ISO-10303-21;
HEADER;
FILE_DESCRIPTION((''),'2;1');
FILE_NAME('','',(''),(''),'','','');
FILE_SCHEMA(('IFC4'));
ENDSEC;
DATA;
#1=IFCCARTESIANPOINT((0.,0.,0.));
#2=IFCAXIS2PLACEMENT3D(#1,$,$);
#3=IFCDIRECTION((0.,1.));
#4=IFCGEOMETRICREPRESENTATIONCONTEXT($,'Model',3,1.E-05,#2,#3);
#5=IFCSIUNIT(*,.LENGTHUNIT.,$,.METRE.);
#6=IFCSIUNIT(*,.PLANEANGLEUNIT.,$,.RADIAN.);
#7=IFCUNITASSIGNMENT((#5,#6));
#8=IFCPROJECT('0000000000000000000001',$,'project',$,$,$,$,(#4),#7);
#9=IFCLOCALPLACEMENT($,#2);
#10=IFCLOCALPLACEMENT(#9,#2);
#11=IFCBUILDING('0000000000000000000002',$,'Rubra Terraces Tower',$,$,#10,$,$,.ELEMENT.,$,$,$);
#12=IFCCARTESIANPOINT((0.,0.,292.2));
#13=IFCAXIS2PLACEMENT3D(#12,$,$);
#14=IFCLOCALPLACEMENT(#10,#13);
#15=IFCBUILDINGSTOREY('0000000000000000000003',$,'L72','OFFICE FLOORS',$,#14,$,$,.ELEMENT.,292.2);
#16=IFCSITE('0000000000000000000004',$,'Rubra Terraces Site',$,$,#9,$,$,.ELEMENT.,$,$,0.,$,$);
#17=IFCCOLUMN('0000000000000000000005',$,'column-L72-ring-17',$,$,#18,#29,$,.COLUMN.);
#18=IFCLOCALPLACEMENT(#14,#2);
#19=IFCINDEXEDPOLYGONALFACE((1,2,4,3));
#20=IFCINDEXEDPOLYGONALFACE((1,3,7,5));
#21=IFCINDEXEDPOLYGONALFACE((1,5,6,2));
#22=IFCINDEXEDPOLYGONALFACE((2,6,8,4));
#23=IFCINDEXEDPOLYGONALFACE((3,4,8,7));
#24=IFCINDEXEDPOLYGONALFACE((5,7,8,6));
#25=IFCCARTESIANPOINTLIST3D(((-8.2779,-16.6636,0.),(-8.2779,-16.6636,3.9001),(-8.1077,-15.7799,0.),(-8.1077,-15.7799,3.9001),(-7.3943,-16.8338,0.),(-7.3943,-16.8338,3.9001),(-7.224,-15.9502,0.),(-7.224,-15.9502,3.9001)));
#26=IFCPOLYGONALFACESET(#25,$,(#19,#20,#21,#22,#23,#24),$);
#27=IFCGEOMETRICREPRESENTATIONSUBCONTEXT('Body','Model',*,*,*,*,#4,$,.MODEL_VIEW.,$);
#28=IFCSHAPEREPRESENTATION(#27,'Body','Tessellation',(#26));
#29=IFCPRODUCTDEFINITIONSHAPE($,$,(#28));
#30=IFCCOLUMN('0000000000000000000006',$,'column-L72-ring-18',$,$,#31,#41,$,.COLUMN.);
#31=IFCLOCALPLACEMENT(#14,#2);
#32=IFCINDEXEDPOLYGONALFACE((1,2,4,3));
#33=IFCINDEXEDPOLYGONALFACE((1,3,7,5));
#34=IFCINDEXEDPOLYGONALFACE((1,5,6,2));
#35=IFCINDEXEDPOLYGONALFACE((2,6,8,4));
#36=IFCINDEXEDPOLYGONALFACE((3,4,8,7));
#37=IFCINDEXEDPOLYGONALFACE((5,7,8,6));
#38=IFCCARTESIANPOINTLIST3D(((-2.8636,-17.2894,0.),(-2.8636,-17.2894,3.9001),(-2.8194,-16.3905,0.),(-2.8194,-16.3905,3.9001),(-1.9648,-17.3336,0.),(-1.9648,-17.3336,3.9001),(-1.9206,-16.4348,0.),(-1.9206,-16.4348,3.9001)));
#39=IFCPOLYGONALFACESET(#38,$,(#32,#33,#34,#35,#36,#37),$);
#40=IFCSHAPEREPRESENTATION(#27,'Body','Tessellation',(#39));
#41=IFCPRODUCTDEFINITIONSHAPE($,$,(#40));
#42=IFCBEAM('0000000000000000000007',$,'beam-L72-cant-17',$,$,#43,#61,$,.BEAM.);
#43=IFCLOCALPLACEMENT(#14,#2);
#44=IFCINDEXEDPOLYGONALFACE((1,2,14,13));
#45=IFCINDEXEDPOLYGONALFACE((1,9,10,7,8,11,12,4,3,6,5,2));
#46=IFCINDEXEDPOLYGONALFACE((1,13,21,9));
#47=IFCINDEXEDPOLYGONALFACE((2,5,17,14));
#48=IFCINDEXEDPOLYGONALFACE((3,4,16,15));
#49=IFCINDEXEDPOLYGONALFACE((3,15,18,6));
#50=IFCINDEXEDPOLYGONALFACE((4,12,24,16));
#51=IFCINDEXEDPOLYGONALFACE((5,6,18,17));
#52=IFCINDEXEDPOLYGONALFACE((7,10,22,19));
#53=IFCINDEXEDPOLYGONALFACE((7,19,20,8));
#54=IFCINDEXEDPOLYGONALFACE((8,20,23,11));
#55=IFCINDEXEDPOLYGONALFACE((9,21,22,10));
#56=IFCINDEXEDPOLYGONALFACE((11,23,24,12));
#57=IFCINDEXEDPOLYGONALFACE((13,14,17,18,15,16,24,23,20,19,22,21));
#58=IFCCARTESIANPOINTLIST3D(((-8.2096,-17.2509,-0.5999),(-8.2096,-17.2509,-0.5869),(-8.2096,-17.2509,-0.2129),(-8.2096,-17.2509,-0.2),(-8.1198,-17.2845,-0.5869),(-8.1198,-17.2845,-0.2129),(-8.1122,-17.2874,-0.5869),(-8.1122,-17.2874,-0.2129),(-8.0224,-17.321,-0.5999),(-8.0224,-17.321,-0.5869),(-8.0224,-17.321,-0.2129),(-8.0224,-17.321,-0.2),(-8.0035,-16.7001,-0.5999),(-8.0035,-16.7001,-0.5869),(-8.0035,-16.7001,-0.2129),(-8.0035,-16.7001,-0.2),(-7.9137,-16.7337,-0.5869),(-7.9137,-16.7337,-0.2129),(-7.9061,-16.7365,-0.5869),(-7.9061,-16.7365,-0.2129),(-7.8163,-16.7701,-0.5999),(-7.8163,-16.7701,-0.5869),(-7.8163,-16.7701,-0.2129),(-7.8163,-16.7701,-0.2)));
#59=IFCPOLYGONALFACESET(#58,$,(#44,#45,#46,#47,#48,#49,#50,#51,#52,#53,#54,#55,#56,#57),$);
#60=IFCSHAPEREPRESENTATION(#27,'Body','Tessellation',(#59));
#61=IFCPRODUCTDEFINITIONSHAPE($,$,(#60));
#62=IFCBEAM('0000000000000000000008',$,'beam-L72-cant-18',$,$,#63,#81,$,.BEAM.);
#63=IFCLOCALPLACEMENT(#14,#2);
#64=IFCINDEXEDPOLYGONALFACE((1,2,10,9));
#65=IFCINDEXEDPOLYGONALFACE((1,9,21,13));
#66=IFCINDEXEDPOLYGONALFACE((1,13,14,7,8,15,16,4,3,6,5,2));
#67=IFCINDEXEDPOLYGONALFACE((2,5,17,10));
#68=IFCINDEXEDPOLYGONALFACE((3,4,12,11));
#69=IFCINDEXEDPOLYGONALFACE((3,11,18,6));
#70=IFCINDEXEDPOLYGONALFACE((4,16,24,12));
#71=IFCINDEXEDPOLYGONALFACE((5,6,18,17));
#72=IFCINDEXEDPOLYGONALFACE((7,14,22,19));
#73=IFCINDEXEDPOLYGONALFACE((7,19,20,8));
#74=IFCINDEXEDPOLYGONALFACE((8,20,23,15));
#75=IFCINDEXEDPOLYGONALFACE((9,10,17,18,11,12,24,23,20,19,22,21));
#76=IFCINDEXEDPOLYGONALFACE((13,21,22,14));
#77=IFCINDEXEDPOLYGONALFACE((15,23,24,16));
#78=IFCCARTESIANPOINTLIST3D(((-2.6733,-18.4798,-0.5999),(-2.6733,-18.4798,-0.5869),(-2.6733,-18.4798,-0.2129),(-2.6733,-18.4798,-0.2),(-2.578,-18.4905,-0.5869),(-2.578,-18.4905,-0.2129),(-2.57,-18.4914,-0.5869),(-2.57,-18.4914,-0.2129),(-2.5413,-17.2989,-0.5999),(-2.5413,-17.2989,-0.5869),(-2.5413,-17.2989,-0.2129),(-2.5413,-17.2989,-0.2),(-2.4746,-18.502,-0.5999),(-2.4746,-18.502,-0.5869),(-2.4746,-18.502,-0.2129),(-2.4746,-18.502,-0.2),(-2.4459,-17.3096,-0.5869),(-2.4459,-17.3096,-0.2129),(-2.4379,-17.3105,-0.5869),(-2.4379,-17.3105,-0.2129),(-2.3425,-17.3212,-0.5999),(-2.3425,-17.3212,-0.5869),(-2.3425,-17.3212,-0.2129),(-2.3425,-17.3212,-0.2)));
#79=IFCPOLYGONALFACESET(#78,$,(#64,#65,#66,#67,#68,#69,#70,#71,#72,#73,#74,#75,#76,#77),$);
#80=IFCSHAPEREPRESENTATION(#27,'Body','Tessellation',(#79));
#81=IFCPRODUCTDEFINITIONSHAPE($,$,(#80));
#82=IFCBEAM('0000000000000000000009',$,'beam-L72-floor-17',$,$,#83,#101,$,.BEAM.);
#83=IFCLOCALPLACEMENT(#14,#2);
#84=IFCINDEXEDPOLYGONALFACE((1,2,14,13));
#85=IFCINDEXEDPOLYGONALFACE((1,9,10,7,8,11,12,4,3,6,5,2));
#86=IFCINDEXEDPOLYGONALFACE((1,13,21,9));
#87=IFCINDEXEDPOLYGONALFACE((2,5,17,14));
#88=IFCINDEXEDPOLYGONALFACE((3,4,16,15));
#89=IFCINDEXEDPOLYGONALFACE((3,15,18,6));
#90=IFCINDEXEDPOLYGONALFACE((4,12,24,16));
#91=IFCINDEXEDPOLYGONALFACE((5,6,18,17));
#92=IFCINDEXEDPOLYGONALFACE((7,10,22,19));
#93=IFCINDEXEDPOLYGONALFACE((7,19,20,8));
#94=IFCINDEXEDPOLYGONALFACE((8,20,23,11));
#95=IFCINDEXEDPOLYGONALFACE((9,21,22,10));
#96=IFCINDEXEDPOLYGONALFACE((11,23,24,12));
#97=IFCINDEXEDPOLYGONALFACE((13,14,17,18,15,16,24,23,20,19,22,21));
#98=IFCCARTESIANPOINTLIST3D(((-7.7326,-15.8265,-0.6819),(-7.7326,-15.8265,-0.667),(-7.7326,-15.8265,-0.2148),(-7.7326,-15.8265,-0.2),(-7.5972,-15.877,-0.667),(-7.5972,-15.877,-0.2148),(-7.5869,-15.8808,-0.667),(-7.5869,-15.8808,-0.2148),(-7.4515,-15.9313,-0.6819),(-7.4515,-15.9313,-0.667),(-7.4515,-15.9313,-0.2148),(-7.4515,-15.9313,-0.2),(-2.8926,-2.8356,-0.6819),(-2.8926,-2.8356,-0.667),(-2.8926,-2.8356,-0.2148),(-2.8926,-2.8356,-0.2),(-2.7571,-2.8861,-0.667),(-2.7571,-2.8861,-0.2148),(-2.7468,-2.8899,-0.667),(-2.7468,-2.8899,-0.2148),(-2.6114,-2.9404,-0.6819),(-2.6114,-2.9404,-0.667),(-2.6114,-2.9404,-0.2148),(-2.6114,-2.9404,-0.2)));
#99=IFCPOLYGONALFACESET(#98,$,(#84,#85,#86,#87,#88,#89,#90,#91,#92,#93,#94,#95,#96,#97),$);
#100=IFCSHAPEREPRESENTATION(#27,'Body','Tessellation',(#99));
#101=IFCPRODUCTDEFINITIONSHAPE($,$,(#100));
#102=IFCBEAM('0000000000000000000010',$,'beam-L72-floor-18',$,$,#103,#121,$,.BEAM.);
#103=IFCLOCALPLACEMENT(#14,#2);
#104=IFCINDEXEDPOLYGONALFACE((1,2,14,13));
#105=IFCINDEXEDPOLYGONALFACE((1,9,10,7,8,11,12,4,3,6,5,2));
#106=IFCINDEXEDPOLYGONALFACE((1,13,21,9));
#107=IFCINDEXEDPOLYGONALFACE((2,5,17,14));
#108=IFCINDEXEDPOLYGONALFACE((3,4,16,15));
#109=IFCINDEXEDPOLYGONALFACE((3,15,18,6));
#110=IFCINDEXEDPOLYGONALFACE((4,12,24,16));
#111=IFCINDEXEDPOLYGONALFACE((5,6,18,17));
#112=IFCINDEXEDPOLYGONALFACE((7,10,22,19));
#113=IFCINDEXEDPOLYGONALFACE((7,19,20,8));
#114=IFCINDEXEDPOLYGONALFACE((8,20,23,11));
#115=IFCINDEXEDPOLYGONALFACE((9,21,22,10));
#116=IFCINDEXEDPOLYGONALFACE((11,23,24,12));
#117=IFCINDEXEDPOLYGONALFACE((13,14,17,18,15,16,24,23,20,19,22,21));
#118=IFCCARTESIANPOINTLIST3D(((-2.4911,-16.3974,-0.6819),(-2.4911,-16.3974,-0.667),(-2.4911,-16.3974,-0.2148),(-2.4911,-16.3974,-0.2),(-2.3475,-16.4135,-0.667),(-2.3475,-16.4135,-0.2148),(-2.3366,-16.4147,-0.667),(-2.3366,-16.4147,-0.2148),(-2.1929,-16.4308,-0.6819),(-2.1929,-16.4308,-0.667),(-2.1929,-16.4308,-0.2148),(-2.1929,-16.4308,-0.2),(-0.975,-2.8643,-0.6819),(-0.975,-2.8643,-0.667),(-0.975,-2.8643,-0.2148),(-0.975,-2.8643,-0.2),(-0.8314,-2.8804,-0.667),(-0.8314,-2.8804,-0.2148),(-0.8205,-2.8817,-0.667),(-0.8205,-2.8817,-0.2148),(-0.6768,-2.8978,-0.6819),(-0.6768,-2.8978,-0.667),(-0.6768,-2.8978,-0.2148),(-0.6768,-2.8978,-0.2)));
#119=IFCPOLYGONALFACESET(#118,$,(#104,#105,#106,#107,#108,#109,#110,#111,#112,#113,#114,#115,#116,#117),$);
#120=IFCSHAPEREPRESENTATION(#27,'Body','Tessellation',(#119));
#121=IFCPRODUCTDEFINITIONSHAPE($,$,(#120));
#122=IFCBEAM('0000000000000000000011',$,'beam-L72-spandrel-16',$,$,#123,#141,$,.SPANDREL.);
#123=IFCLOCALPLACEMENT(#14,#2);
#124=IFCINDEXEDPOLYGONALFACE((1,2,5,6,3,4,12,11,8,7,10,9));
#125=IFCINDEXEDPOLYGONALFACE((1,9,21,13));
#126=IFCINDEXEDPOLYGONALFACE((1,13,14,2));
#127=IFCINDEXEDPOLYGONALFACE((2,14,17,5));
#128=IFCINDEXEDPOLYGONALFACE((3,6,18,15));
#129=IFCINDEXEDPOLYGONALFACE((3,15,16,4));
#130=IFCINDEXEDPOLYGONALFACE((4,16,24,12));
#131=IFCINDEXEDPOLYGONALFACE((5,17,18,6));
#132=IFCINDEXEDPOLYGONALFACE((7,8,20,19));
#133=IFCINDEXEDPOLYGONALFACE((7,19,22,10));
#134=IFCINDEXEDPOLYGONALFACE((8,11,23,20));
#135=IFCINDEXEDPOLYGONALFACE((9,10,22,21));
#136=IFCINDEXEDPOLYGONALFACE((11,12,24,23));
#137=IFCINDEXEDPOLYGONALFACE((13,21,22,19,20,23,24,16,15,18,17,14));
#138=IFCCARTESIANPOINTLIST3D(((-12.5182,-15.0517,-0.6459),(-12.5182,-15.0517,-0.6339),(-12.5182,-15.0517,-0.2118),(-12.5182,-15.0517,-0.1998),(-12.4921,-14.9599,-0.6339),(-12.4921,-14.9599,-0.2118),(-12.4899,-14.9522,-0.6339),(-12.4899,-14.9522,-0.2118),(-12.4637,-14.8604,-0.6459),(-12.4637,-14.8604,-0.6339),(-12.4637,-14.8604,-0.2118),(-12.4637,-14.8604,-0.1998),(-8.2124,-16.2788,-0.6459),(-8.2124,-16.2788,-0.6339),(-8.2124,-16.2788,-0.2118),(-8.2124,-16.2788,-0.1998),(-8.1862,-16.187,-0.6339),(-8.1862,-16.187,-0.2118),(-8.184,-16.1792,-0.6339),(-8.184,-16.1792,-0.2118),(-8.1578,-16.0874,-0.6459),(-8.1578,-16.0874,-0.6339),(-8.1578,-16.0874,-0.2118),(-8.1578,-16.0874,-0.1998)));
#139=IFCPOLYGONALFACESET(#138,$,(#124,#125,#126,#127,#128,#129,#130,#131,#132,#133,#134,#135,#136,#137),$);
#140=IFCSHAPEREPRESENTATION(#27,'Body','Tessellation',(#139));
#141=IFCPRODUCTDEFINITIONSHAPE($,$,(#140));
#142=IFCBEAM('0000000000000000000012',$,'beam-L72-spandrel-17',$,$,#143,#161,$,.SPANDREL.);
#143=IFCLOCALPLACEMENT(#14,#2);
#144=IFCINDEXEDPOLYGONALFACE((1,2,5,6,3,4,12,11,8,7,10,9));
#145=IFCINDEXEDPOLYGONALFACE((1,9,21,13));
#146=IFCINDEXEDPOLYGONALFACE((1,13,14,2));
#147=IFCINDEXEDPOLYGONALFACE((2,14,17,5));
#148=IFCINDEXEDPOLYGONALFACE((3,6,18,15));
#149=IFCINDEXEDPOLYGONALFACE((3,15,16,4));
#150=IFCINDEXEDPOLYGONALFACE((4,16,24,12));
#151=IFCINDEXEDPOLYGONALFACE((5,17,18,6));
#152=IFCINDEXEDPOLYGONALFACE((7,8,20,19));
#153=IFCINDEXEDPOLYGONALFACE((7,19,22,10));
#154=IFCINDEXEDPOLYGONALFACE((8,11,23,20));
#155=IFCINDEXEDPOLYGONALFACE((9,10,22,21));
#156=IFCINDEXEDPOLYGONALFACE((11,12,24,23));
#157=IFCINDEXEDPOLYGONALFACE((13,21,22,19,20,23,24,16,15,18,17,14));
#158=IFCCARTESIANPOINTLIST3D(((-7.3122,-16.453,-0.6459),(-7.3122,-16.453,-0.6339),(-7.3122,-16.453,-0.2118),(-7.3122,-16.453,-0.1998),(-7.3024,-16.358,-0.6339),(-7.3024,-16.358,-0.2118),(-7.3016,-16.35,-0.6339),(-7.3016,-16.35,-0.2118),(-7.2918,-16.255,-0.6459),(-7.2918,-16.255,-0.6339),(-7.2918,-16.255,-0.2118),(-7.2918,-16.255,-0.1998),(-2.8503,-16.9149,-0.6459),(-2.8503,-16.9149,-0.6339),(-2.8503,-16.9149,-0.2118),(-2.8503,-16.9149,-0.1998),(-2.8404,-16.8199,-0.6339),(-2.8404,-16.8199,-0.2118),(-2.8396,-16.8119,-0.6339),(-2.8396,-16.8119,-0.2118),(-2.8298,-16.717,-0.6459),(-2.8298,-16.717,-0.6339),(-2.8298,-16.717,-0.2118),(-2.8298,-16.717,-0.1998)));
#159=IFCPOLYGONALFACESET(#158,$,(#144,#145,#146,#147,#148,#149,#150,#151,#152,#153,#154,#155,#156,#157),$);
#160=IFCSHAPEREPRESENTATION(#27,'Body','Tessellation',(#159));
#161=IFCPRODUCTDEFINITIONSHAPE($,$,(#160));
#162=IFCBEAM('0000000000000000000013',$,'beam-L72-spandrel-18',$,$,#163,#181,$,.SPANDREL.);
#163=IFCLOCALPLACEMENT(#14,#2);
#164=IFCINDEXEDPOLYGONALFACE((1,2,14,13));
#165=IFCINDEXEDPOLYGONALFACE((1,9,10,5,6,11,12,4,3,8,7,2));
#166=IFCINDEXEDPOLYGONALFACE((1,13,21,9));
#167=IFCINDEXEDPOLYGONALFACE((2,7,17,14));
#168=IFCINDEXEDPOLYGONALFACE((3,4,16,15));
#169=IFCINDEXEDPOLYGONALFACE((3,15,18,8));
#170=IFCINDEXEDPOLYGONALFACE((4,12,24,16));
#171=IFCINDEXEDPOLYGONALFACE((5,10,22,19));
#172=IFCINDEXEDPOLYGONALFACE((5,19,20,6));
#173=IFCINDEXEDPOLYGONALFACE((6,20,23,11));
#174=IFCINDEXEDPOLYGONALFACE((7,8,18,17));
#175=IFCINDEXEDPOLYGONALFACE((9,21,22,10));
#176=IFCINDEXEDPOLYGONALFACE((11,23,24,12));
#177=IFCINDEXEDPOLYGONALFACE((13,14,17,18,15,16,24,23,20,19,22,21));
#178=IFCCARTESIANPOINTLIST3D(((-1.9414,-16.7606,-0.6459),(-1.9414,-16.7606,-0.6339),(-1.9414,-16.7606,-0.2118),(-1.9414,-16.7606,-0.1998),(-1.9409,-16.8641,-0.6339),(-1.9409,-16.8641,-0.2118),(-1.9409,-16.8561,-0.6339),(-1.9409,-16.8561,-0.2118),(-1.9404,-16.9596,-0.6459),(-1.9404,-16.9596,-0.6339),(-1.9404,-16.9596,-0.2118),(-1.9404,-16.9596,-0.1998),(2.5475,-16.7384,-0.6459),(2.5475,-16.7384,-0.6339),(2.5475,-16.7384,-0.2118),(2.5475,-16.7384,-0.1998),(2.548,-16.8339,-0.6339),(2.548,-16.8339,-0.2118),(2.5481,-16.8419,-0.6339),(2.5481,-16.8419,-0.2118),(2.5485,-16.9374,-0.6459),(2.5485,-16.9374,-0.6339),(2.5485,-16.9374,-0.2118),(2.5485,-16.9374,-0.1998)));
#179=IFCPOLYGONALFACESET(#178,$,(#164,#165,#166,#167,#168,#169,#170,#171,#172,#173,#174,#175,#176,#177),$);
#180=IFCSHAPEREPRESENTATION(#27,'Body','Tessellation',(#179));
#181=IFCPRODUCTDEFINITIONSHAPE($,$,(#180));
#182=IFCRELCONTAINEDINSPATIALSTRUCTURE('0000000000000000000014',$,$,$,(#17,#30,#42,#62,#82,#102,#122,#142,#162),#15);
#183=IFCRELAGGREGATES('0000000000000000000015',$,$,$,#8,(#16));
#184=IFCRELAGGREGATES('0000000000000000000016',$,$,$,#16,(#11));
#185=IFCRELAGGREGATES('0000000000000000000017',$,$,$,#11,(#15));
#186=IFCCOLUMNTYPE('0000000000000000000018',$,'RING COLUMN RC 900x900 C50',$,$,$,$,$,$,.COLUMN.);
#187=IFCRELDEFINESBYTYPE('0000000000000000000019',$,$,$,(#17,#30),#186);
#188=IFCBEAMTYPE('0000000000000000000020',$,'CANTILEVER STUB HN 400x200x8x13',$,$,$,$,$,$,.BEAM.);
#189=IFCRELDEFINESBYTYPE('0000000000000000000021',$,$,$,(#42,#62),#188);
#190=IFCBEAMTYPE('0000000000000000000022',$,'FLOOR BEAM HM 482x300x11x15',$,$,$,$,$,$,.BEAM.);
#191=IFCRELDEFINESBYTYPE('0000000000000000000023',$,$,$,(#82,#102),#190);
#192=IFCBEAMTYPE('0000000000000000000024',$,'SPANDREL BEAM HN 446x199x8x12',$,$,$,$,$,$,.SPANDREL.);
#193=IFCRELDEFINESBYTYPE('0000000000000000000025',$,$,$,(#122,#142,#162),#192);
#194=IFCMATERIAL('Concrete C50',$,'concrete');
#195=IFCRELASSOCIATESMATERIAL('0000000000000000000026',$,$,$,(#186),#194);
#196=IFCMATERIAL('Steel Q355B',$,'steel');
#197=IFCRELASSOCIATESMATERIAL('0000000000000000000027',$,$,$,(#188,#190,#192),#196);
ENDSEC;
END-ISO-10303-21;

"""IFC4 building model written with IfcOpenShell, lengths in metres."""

from ifc_helpers import new_model, si_unit, direction, frame, origin, origin_2d, place, context, subcontext, project, spatial, rectangle, i_section, extrude, material, material_profile, profile_set, type_object, element, save


model = new_model("IFC4")

# Units and contexts
model_context = context("Model", 3, precision=1e-05, world=origin(), true_north=direction((0.0, 1.0)))
body_context = subcontext(model_context, "Body", "Model", "MODEL_VIEW")
ifc_project = project(units=[si_unit("LENGTHUNIT", "METRE"), si_unit("PLANEANGLEUNIT", "RADIAN")], contexts=[model_context])

# Site, building, storey
site_placement = place(None, origin())
site = spatial("IfcSite", under=ifc_project, at=site_placement, Name="Rubra Terraces Site", CompositionType="ELEMENT", RefElevation=0.0)
building_placement = place(site_placement, origin())
building = spatial("IfcBuilding", under=site, at=building_placement, Name="Rubra Terraces Tower", CompositionType="ELEMENT")
storey_placement = place(building_placement, frame((0.0, 0.0, 292.2)))
storey = spatial("IfcBuildingStorey", under=building, at=storey_placement, Name="L72", Description="OFFICE FLOORS", CompositionType="ELEMENT", Elevation=292.2)

# Columns
ifc_material_1 = material(Name="Concrete C50", Category="concrete")
ifc_material_profile_1 = material_profile(ifc_material_1, rectangle(XDim=0.8999, YDim=0.8999, at=origin_2d()), Name="RC 900x900")
ifc_profile_set_1 = profile_set([ifc_material_profile_1], Name="Concrete C50")
column_type = type_object("IfcColumnType", Name="RING COLUMN RC 900x900 C50", PredefinedType="COLUMN", material=ifc_profile_set_1)
for number, where, z_axis, x_axis, name in (
    (1, (-7.751, -16.3069, 0.0), (0.0, 0.0, 1.0), (0.981937, -0.18921, 0.0), "column-L72-ring-17"),
    (2, (-2.3921, -16.8621, 0.0), (0.0, 0.0, 1.0), (0.998791, -0.04915, 0.0), "column-L72-ring-18"),
):
    element("IfcColumn", number, at=place(storey_placement, frame(where, z_axis=z_axis, x_axis=x_axis)), inside=storey, type_object=column_type, Name=name, PredefinedType="COLUMN", context=body_context, shape_type="SweptSolid", body=[
        extrude(rectangle(XDim=0.8999, YDim=0.8999, at=origin_2d()), origin(), (0.0, 0.0, 1.0), 3.9001),
    ])

# Beams
ifc_material_2 = material(Name="Steel Q355B", Category="steel")
ifc_material_profile_2 = material_profile(ifc_material_2, i_section(OverallWidth=0.2, OverallDepth=0.3999, WebThickness=0.0081, FlangeThickness=0.0129, at=origin_2d()), Name="HN 400x200x8x13")
ifc_profile_set_2 = profile_set([ifc_material_profile_2], Name="Steel Q355B")
beam_type_1 = type_object("IfcBeamType", Name="CANTILEVER STUB HN 400x200x8x13", PredefinedType="BEAM", material=ifc_profile_set_2)
beam_1_placement = place(storey_placement, frame((-7.9099, -16.7351, -0.3999), z_axis=(-0.350395, -0.936602, 0.0), x_axis=(0.936602, -0.350395, 0.0)))
element("IfcBeam", 3, at=beam_1_placement, inside=storey, type_object=beam_type_1, Name="beam-L72-cant-17", PredefinedType="BEAM", context=body_context, shape_type="SweptSolid", body=[
    extrude(i_section(OverallWidth=0.2, OverallDepth=0.3999, WebThickness=0.0081, FlangeThickness=0.0129, at=origin_2d()), origin(), (0.0, 0.0, 1.0), 0.5881),
])
beam_2_placement = place(storey_placement, frame((-2.4419, -17.3101, -0.3999), z_axis=(-0.111153, -0.993803, 0.0), x_axis=(0.993803, -0.111153, 0.0)))
element("IfcBeam", 4, at=beam_2_placement, inside=storey, type_object=beam_type_1, Name="beam-L72-cant-18", PredefinedType="BEAM", context=body_context, shape_type="SweptSolid", body=[
    extrude(i_section(OverallWidth=0.2, OverallDepth=0.3999, WebThickness=0.0081, FlangeThickness=0.0129, at=origin_2d()), origin(), (0.0, 0.0, 1.0), 1.1882),
])
ifc_material_profile_3 = material_profile(ifc_material_2, i_section(OverallWidth=0.3, OverallDepth=0.4819, WebThickness=0.011, FlangeThickness=0.0149, at=origin_2d()), Name="HM 482x300x11x15")
ifc_profile_set_3 = profile_set([ifc_material_profile_3], Name="Steel Q355B")
beam_type_2 = type_object("IfcBeamType", Name="FLOOR BEAM HM 482x300x11x15", PredefinedType="BEAM", material=ifc_profile_set_3)
beam_3_placement = place(storey_placement, frame((-7.592, -15.8789, -0.4409), z_axis=(0.349129, 0.937075, 0.0), x_axis=(-0.937075, 0.349129, 0.0)))
element("IfcBeam", 5, at=beam_3_placement, inside=storey, type_object=beam_type_2, Name="beam-L72-floor-17", PredefinedType="BEAM", context=body_context, shape_type="SweptSolid", body=[
    extrude(i_section(OverallWidth=0.3, OverallDepth=0.4819, WebThickness=0.011, FlangeThickness=0.0149, at=origin_2d()), origin(), (0.0, 0.0, 1.0), 13.8633),
])
beam_4_placement = place(storey_placement, frame((-2.342, -16.4141, -0.4409), z_axis=(0.111335, 0.993783, 0.0), x_axis=(-0.993783, 0.111335, 0.0)))
element("IfcBeam", 6, at=beam_4_placement, inside=storey, type_object=beam_type_2, Name="beam-L72-floor-18", PredefinedType="BEAM", context=body_context, shape_type="SweptSolid", body=[
    extrude(i_section(OverallWidth=0.3, OverallDepth=0.4819, WebThickness=0.011, FlangeThickness=0.0149, at=origin_2d()), origin(), (0.0, 0.0, 1.0), 13.6177),
])
ifc_material_profile_4 = material_profile(ifc_material_2, i_section(OverallWidth=0.199, OverallDepth=0.446, WebThickness=0.0081, FlangeThickness=0.012, at=origin_2d()), Name="HN 446x199x8x12")
ifc_profile_set_4 = profile_set([ifc_material_profile_4], Name="Steel Q355B")
beam_type_3 = type_object("IfcBeamType", Name="SPANDREL BEAM HN 446x199x8x12", PredefinedType="SPANDREL", material=ifc_profile_set_4)
beam_5_placement = place(storey_placement, frame((-12.491, -14.9561, -0.4229), z_axis=(0.961713, -0.274058, 0.0), x_axis=(0.274058, 0.961713, 0.0)))
element("IfcBeam", 7, at=beam_5_placement, inside=storey, type_object=beam_type_3, Name="beam-L72-spandrel-16", PredefinedType="SPANDREL", context=body_context, shape_type="SweptSolid", body=[
    extrude(i_section(OverallWidth=0.199, OverallDepth=0.446, WebThickness=0.0081, FlangeThickness=0.012, at=origin_2d()), origin(), (0.0, 0.0, 1.0), 4.4773),
])
beam_6_placement = place(storey_placement, frame((-7.302, -16.354, -0.4229), z_axis=(0.994684, -0.102973, 0.0), x_axis=(0.102973, 0.994684, 0.0)))
element("IfcBeam", 8, at=beam_6_placement, inside=storey, type_object=beam_type_3, Name="beam-L72-spandrel-17", PredefinedType="SPANDREL", context=body_context, shape_type="SweptSolid", body=[
    extrude(i_section(OverallWidth=0.199, OverallDepth=0.446, WebThickness=0.0081, FlangeThickness=0.012, at=origin_2d()), origin(), (0.0, 0.0, 1.0), 4.4858),
])
beam_7_placement = place(storey_placement, frame((-1.9409, -16.8601, -0.4229), z_axis=(0.999988, 0.004949, 0.0), x_axis=(-0.004949, 0.999988, 0.0)))
element("IfcBeam", 9, at=beam_7_placement, inside=storey, type_object=beam_type_3, Name="beam-L72-spandrel-18", PredefinedType="SPANDREL", context=body_context, shape_type="SweptSolid", body=[
    extrude(i_section(OverallWidth=0.199, OverallDepth=0.446, WebThickness=0.0081, FlangeThickness=0.012, at=origin_2d()), origin(), (0.0, 0.0, 1.0), 4.489),
])

save(model, "model.ifc")
